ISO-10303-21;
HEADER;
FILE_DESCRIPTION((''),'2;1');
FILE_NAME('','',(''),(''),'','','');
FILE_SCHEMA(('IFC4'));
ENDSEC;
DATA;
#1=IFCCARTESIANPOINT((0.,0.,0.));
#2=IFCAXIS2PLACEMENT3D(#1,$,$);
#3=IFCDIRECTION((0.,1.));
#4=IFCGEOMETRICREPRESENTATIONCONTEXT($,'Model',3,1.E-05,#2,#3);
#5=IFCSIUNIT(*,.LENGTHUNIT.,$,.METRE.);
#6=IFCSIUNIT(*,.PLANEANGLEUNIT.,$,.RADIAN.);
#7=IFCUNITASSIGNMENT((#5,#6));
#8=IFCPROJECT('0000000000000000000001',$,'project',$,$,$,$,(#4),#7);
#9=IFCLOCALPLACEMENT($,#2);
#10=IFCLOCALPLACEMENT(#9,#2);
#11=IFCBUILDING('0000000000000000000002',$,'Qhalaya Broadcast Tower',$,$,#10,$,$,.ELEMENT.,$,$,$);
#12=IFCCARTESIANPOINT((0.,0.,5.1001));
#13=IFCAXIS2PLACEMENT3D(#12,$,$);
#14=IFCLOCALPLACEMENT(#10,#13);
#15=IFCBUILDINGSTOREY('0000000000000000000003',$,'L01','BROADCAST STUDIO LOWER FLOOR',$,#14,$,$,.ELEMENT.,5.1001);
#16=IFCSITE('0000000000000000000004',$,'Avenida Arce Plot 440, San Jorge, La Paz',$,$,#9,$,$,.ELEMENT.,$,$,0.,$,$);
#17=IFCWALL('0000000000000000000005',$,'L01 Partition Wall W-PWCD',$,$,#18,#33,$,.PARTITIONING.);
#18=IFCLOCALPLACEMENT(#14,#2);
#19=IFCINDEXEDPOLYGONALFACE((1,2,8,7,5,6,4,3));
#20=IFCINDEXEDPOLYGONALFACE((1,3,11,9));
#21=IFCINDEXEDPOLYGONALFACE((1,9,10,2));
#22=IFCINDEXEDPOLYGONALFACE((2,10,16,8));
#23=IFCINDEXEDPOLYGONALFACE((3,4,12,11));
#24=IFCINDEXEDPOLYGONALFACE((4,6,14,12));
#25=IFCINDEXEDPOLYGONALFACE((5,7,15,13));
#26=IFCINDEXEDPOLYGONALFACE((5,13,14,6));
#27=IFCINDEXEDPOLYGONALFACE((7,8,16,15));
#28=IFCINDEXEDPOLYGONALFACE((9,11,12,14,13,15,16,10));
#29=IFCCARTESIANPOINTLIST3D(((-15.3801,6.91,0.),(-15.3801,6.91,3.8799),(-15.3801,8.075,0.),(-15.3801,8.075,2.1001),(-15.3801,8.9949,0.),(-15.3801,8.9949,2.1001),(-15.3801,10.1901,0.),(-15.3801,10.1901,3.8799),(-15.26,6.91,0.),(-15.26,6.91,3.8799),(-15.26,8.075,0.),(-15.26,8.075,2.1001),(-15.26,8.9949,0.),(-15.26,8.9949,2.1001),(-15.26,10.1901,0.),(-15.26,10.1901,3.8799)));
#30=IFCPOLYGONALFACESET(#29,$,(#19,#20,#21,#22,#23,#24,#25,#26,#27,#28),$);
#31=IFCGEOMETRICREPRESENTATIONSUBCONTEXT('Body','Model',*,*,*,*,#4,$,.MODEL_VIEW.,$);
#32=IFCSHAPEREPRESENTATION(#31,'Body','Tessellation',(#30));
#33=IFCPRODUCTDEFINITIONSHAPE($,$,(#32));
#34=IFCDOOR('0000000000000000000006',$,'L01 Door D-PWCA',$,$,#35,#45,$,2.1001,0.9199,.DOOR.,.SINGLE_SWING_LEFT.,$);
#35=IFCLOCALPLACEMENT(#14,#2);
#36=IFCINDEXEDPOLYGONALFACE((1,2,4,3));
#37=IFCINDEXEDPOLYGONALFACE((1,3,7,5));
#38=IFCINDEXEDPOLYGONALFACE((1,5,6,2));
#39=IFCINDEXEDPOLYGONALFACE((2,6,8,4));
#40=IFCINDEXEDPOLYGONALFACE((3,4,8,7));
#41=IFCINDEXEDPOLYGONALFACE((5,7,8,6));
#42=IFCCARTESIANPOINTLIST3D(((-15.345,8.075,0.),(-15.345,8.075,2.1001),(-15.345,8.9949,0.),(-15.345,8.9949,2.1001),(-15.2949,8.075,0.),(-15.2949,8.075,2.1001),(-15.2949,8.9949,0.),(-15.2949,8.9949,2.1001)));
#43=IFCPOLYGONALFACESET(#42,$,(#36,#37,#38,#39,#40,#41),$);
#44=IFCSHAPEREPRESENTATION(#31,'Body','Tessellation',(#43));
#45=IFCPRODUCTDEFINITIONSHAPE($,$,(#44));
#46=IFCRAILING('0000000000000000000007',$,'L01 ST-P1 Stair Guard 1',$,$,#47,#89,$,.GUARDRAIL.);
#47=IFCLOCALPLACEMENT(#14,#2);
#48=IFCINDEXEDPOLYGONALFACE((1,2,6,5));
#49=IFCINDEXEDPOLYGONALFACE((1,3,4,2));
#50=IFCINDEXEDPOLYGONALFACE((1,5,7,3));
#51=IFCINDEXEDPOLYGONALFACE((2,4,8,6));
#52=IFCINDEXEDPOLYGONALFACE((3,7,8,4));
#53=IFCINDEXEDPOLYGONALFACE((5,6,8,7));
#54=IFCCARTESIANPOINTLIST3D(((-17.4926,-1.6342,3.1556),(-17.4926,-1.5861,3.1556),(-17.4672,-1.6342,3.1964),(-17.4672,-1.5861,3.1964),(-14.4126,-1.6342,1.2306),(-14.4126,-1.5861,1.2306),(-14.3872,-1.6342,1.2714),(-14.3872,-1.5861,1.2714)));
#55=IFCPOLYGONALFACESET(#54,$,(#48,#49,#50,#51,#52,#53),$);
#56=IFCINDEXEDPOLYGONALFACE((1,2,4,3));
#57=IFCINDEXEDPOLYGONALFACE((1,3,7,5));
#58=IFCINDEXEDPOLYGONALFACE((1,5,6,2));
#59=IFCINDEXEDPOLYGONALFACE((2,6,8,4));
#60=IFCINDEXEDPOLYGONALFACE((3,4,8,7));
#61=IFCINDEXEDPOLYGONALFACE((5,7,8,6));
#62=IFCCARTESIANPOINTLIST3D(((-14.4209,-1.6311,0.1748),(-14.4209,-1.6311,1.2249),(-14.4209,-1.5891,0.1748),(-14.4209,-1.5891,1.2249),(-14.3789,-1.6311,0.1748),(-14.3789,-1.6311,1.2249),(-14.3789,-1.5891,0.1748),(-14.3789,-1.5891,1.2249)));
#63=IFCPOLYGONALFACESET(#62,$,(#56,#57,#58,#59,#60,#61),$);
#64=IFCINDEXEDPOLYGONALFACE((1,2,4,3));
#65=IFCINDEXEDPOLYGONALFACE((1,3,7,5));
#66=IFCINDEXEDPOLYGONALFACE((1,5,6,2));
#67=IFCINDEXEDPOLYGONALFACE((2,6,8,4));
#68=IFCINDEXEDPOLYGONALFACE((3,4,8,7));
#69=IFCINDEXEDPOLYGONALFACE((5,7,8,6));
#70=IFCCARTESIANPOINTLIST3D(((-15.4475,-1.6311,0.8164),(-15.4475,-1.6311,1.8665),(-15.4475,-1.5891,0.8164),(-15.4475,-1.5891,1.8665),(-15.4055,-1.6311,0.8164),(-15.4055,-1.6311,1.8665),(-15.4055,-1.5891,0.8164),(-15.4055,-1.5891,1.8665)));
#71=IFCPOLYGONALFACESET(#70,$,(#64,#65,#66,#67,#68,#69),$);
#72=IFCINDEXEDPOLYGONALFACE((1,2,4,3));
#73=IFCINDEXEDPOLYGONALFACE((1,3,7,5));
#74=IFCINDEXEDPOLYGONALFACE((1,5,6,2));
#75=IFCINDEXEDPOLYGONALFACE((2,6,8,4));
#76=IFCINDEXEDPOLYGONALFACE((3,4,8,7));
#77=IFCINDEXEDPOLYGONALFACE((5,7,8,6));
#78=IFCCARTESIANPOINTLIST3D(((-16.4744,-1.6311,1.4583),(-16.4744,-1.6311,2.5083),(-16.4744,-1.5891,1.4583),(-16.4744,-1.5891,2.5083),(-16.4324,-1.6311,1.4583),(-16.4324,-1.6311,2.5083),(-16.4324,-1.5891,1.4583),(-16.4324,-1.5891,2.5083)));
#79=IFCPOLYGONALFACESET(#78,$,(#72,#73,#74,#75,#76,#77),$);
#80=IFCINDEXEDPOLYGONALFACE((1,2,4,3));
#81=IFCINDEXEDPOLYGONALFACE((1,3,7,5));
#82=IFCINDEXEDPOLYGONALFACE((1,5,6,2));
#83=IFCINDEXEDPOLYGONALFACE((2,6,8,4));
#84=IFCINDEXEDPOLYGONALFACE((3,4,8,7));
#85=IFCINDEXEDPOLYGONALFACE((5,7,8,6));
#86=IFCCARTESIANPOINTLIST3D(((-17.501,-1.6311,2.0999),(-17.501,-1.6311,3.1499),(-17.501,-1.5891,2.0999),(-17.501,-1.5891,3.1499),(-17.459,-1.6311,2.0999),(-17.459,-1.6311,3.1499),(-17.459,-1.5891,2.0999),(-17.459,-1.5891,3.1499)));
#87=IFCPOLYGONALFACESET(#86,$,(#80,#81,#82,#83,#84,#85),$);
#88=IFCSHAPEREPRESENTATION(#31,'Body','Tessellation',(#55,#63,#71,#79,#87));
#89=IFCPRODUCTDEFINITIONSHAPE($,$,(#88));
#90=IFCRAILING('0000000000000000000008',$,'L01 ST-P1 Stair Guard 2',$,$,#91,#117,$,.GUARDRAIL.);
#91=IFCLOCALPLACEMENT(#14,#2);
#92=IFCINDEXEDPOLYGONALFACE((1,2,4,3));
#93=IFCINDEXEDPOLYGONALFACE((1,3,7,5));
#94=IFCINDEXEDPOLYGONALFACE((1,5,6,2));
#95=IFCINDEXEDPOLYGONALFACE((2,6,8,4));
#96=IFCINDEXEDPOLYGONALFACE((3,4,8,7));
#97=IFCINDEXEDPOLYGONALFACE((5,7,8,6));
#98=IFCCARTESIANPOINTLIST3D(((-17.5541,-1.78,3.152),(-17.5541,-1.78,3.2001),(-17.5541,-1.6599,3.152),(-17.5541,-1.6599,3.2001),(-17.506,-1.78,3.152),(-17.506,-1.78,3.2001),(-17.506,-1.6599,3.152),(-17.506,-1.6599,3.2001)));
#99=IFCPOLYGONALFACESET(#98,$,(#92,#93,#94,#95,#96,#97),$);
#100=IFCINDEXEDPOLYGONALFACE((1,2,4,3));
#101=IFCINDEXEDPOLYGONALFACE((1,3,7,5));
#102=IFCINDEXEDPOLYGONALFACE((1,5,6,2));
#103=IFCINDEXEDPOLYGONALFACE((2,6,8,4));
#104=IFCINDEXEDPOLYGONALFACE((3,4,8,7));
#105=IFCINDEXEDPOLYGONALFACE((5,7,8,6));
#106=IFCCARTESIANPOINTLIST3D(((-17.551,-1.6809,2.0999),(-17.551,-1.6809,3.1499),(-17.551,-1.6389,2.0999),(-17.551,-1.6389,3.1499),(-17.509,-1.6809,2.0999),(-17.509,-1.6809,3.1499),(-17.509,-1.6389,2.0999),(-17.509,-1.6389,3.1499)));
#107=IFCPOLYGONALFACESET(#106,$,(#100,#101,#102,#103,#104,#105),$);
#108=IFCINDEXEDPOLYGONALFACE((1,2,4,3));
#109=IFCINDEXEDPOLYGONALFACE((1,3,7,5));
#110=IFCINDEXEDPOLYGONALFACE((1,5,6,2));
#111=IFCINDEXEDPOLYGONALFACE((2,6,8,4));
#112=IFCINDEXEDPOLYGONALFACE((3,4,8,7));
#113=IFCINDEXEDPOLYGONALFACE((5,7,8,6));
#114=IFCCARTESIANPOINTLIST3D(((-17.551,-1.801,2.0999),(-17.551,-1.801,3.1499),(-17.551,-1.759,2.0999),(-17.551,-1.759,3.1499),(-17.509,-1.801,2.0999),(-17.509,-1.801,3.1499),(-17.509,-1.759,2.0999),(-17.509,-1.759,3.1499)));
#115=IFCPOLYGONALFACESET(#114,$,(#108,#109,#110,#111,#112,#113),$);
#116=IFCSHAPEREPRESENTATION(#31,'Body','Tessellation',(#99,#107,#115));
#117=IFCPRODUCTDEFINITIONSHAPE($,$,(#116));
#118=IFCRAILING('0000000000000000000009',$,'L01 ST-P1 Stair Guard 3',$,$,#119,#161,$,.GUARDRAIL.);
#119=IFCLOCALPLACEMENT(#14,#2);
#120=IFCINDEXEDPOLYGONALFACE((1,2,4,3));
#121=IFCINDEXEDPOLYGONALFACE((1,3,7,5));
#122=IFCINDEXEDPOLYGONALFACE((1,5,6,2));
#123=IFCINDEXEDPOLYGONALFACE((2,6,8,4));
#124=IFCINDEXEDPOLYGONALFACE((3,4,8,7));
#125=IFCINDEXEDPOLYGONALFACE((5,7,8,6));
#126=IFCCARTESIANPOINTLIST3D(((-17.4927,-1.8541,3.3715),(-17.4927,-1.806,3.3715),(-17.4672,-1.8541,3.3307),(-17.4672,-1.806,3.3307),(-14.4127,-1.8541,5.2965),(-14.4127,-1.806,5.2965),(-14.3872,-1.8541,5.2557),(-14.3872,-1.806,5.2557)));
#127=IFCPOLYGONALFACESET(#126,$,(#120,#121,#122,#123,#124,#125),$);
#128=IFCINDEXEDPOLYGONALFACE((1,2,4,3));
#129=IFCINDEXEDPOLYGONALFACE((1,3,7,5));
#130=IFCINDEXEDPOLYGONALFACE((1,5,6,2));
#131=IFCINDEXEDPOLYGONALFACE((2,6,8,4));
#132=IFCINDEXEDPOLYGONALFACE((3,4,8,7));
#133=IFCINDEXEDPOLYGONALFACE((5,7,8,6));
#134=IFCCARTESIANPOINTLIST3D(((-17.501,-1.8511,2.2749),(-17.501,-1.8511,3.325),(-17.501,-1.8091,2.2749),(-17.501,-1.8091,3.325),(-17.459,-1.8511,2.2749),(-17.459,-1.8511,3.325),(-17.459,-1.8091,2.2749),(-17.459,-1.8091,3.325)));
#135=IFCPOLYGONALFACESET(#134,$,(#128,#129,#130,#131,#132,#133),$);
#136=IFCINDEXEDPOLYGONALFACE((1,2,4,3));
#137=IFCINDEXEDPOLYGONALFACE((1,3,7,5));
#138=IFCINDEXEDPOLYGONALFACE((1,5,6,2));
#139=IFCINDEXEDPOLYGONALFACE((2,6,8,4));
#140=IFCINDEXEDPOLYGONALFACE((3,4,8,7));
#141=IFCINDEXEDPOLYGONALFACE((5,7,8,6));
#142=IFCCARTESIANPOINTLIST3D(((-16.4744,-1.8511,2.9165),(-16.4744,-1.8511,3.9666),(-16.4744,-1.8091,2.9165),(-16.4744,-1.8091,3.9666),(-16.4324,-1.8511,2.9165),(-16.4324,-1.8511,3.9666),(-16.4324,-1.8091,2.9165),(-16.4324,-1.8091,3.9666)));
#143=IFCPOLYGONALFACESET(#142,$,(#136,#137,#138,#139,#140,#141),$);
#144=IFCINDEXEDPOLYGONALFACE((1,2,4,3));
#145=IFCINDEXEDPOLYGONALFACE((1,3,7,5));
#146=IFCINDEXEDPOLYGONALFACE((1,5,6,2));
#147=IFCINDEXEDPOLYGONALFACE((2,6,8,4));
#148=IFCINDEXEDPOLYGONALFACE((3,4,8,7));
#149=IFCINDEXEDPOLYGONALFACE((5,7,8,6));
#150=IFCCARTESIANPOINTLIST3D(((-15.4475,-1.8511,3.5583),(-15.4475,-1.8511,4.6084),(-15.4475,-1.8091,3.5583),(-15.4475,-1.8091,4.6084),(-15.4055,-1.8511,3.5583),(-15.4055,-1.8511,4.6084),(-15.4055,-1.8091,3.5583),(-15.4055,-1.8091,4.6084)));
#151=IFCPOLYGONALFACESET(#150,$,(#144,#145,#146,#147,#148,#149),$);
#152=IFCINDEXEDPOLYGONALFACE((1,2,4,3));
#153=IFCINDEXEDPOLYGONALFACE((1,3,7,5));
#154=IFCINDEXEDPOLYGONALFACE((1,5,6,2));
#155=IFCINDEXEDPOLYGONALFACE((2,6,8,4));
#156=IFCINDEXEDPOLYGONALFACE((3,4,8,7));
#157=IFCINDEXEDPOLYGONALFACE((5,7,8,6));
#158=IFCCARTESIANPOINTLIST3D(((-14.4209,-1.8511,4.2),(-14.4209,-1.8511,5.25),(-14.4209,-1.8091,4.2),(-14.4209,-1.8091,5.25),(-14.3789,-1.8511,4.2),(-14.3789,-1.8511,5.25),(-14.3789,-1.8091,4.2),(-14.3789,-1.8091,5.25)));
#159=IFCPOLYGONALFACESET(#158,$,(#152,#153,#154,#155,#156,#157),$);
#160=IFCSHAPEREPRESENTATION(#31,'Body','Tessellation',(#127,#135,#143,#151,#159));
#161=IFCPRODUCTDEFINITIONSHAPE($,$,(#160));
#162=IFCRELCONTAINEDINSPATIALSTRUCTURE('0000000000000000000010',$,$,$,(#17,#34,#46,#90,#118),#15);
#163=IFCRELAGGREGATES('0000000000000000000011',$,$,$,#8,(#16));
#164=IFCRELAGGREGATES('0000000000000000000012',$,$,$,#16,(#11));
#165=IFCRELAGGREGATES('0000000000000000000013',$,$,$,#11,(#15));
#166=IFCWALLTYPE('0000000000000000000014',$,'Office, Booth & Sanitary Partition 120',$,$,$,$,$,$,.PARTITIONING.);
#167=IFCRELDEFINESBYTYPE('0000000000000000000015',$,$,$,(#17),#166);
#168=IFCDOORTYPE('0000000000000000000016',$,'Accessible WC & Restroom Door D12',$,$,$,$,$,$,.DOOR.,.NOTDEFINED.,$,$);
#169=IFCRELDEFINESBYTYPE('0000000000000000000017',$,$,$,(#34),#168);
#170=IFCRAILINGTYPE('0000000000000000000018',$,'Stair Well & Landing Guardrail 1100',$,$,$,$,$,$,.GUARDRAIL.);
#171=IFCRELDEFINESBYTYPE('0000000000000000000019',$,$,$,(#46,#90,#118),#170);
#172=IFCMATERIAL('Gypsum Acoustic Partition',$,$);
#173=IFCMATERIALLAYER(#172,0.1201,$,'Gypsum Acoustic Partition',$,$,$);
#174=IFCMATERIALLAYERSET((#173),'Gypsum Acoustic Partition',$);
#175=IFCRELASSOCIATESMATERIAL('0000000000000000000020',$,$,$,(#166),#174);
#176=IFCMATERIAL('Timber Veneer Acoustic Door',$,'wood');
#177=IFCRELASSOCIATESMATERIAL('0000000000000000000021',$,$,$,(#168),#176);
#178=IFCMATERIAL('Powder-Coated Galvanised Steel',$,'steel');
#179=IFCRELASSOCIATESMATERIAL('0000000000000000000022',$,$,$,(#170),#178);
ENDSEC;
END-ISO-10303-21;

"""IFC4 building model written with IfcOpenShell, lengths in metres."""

from ifc_helpers import new_model, si_unit, direction, frame, frame_2d, origin, origin_2d, place, context, subcontext, project, spatial, rectangle, extrude, material, layer, layer_set, type_object, element, fill, save


model = new_model("IFC4")

# Units and contexts
model_context = context("Model", 3, precision=1e-05, world=origin(), true_north=direction((0.0, 1.0)))
body_context = subcontext(model_context, "Body", "Model", "MODEL_VIEW")
ifc_project = project(units=[si_unit("LENGTHUNIT", "METRE"), si_unit("PLANEANGLEUNIT", "RADIAN")], contexts=[model_context])

# Site, building, storey
site_placement = place(None, origin())
site = spatial("IfcSite", under=ifc_project, at=site_placement, Name="Avenida Arce Plot 440, San Jorge, La Paz", CompositionType="ELEMENT", RefElevation=0.0)
building_placement = place(site_placement, origin())
building = spatial("IfcBuilding", under=site, at=building_placement, Name="Qhalaya Broadcast Tower", CompositionType="ELEMENT")
storey_placement = place(building_placement, frame((0.0, 0.0, 5.1001)))
storey = spatial("IfcBuildingStorey", under=building, at=storey_placement, Name="L01", Description="BROADCAST STUDIO LOWER FLOOR", CompositionType="ELEMENT", Elevation=5.1001)

# Shared definitions
ifc_material_1 = material(Name="Gypsum Acoustic Partition")
ifc_material_2 = material(Name="Timber Veneer Acoustic Door", Category="wood")

# Shared definitions
ifc_layer_1 = layer(ifc_material_1, 0.1201, Name="Gypsum Acoustic Partition")
ifc_layer_set_1 = layer_set([ifc_layer_1], Name="Gypsum Acoustic Partition")
wall_type_1 = type_object("IfcWallType", Name="Office, Booth & Sanitary Partition 120", PredefinedType="PARTITIONING", material=ifc_layer_set_1)

# Wall, opening, door
wall_1_placement = place(storey_placement, frame((-15.3201, 6.9099, 0.0), z_axis=(0.0, 0.0, 1.0), x_axis=(0.0, 1.0, 0.0)))
wall_1 = element("IfcWall", 1, at=wall_1_placement, inside=storey, type_object=wall_type_1, Name="L01 Partition Wall W-PWCD", PredefinedType="PARTITIONING", context=body_context, shape_type="SweptSolid", body=[
    extrude(rectangle(XDim=3.28, YDim=0.1201, at=frame_2d((1.6401, 0.0))), origin(), (0.0, 0.0, 1.0), 3.8799),
])
opening_1_placement = place(wall_1_placement, frame((1.165, 0.0, 0.0)))
opening_1 = element("IfcOpeningElement", 2, at=opening_1_placement, cuts=wall_1, PredefinedType="OPENING", context=body_context, shape_type="SweptSolid", body=[
    extrude(rectangle(XDim=0.9199, YDim=2.1001, at=frame_2d((0.46, 1.05))), frame((0.0, 0.072, 0.0), z_axis=(0.0, -1.0, 0.0), x_axis=(1.0, 0.0, 0.0)), (0.0, 0.0, 1.0), 0.144),
])
door_type_1 = type_object("IfcDoorType", Name="Accessible WC & Restroom Door D12", OperationType="NOTDEFINED", PredefinedType="DOOR", material=ifc_material_2)
door_1_placement = place(opening_1_placement, origin())
door_1 = element("IfcDoor", 3, at=door_1_placement, inside=storey, type_object=door_type_1, Name="L01 Door D-PWCA", OperationType="SINGLE_SWING_LEFT", OverallHeight=2.1001, OverallWidth=0.9199, PredefinedType="DOOR", context=body_context, shape_type="SweptSolid", body=[
    extrude(rectangle(XDim=0.9199, YDim=2.1001, at=frame_2d((0.46, 1.05))), frame((0.0, 0.0249, 0.0), z_axis=(0.0, -1.0, 0.0), x_axis=(1.0, 0.0, 0.0)), (0.0, 0.0, 1.0), 0.05),
])
fill(opening_1, door_1)

# Railings
ifc_material_3 = material(Name="Powder-Coated Galvanised Steel", Category="steel")
railing_type = type_object("IfcRailingType", Name="Stair Well & Landing Guardrail 1100", PredefinedType="GUARDRAIL", material=ifc_material_3)
railing_1_placement = place(storey_placement, frame((-14.3999, -1.6101, 0.1748)))
element("IfcRailing", 4, at=railing_1_placement, inside=storey, type_object=railing_type, Name="L01 ST-P1 Stair Guard 1", PredefinedType="GUARDRAIL", context=body_context, shape_type="SweptSolid", body=[
    extrude(rectangle(XDim=0.0481, YDim=0.0481, at=origin_2d()), frame((0.0, 0.0, 1.0762), z_axis=(-0.847998, 0.0, 0.529999), x_axis=(0.0, -1.0, 0.0)), (0.0, 0.0, 1.0), 3.6321),
    extrude(rectangle(XDim=0.042, YDim=0.042, at=origin_2d()), origin(), (0.0, 0.0, 1.0), 1.05),
    extrude(rectangle(XDim=0.042, YDim=0.042, at=origin_2d()), frame((-1.0266, 0.0, 0.6416)), (0.0, 0.0, 1.0), 1.05),
    extrude(rectangle(XDim=0.042, YDim=0.042, at=origin_2d()), frame((-2.0535, 0.0, 1.2834)), (0.0, 0.0, 1.0), 1.05),
    extrude(rectangle(XDim=0.042, YDim=0.042, at=origin_2d()), frame((-3.0801, 0.0, 1.925)), (0.0, 0.0, 1.0), 1.05),
])
railing_2_placement = place(storey_placement, frame((-17.53, -1.6599, 2.0999)))
element("IfcRailing", 5, at=railing_2_placement, inside=storey, type_object=railing_type, Name="L01 ST-P1 Stair Guard 2", PredefinedType="GUARDRAIL", context=body_context, shape_type="SweptSolid", body=[
    extrude(rectangle(XDim=0.0481, YDim=0.0481, at=origin_2d()), frame((0.0, 0.0, 1.0762), z_axis=(0.0, -1.0, 0.0), x_axis=(1.0, 0.0, 0.0)), (0.0, 0.0, 1.0), 0.1201),
    extrude(rectangle(XDim=0.042, YDim=0.042, at=origin_2d()), origin(), (0.0, 0.0, 1.0), 1.05),
    extrude(rectangle(XDim=0.042, YDim=0.042, at=origin_2d()), frame((0.0, -0.1201, 0.0)), (0.0, 0.0, 1.0), 1.05),
])
railing_3_placement = place(storey_placement, frame((-17.48, -1.8301, 2.2749)))
element("IfcRailing", 6, at=railing_3_placement, inside=storey, type_object=railing_type, Name="L01 ST-P1 Stair Guard 3", PredefinedType="GUARDRAIL", context=body_context, shape_type="SweptSolid", body=[
    extrude(rectangle(XDim=0.0481, YDim=0.0481, at=origin_2d()), frame((0.0, 0.0, 1.0762), z_axis=(0.847998, 0.0, 0.529999), x_axis=(0.0, 1.0, 0.0)), (0.0, 0.0, 1.0), 3.6321),
    extrude(rectangle(XDim=0.042, YDim=0.042, at=origin_2d()), origin(), (0.0, 0.0, 1.0), 1.05),
    extrude(rectangle(XDim=0.042, YDim=0.042, at=origin_2d()), frame((1.0266, 0.0, 0.6416)), (0.0, 0.0, 1.0), 1.05),
    extrude(rectangle(XDim=0.042, YDim=0.042, at=origin_2d()), frame((2.0535, 0.0, 1.2834)), (0.0, 0.0, 1.0), 1.05),
    extrude(rectangle(XDim=0.042, YDim=0.042, at=origin_2d()), frame((3.0801, 0.0, 1.925)), (0.0, 0.0, 1.0), 1.05),
])

save(model, "model.ifc")
